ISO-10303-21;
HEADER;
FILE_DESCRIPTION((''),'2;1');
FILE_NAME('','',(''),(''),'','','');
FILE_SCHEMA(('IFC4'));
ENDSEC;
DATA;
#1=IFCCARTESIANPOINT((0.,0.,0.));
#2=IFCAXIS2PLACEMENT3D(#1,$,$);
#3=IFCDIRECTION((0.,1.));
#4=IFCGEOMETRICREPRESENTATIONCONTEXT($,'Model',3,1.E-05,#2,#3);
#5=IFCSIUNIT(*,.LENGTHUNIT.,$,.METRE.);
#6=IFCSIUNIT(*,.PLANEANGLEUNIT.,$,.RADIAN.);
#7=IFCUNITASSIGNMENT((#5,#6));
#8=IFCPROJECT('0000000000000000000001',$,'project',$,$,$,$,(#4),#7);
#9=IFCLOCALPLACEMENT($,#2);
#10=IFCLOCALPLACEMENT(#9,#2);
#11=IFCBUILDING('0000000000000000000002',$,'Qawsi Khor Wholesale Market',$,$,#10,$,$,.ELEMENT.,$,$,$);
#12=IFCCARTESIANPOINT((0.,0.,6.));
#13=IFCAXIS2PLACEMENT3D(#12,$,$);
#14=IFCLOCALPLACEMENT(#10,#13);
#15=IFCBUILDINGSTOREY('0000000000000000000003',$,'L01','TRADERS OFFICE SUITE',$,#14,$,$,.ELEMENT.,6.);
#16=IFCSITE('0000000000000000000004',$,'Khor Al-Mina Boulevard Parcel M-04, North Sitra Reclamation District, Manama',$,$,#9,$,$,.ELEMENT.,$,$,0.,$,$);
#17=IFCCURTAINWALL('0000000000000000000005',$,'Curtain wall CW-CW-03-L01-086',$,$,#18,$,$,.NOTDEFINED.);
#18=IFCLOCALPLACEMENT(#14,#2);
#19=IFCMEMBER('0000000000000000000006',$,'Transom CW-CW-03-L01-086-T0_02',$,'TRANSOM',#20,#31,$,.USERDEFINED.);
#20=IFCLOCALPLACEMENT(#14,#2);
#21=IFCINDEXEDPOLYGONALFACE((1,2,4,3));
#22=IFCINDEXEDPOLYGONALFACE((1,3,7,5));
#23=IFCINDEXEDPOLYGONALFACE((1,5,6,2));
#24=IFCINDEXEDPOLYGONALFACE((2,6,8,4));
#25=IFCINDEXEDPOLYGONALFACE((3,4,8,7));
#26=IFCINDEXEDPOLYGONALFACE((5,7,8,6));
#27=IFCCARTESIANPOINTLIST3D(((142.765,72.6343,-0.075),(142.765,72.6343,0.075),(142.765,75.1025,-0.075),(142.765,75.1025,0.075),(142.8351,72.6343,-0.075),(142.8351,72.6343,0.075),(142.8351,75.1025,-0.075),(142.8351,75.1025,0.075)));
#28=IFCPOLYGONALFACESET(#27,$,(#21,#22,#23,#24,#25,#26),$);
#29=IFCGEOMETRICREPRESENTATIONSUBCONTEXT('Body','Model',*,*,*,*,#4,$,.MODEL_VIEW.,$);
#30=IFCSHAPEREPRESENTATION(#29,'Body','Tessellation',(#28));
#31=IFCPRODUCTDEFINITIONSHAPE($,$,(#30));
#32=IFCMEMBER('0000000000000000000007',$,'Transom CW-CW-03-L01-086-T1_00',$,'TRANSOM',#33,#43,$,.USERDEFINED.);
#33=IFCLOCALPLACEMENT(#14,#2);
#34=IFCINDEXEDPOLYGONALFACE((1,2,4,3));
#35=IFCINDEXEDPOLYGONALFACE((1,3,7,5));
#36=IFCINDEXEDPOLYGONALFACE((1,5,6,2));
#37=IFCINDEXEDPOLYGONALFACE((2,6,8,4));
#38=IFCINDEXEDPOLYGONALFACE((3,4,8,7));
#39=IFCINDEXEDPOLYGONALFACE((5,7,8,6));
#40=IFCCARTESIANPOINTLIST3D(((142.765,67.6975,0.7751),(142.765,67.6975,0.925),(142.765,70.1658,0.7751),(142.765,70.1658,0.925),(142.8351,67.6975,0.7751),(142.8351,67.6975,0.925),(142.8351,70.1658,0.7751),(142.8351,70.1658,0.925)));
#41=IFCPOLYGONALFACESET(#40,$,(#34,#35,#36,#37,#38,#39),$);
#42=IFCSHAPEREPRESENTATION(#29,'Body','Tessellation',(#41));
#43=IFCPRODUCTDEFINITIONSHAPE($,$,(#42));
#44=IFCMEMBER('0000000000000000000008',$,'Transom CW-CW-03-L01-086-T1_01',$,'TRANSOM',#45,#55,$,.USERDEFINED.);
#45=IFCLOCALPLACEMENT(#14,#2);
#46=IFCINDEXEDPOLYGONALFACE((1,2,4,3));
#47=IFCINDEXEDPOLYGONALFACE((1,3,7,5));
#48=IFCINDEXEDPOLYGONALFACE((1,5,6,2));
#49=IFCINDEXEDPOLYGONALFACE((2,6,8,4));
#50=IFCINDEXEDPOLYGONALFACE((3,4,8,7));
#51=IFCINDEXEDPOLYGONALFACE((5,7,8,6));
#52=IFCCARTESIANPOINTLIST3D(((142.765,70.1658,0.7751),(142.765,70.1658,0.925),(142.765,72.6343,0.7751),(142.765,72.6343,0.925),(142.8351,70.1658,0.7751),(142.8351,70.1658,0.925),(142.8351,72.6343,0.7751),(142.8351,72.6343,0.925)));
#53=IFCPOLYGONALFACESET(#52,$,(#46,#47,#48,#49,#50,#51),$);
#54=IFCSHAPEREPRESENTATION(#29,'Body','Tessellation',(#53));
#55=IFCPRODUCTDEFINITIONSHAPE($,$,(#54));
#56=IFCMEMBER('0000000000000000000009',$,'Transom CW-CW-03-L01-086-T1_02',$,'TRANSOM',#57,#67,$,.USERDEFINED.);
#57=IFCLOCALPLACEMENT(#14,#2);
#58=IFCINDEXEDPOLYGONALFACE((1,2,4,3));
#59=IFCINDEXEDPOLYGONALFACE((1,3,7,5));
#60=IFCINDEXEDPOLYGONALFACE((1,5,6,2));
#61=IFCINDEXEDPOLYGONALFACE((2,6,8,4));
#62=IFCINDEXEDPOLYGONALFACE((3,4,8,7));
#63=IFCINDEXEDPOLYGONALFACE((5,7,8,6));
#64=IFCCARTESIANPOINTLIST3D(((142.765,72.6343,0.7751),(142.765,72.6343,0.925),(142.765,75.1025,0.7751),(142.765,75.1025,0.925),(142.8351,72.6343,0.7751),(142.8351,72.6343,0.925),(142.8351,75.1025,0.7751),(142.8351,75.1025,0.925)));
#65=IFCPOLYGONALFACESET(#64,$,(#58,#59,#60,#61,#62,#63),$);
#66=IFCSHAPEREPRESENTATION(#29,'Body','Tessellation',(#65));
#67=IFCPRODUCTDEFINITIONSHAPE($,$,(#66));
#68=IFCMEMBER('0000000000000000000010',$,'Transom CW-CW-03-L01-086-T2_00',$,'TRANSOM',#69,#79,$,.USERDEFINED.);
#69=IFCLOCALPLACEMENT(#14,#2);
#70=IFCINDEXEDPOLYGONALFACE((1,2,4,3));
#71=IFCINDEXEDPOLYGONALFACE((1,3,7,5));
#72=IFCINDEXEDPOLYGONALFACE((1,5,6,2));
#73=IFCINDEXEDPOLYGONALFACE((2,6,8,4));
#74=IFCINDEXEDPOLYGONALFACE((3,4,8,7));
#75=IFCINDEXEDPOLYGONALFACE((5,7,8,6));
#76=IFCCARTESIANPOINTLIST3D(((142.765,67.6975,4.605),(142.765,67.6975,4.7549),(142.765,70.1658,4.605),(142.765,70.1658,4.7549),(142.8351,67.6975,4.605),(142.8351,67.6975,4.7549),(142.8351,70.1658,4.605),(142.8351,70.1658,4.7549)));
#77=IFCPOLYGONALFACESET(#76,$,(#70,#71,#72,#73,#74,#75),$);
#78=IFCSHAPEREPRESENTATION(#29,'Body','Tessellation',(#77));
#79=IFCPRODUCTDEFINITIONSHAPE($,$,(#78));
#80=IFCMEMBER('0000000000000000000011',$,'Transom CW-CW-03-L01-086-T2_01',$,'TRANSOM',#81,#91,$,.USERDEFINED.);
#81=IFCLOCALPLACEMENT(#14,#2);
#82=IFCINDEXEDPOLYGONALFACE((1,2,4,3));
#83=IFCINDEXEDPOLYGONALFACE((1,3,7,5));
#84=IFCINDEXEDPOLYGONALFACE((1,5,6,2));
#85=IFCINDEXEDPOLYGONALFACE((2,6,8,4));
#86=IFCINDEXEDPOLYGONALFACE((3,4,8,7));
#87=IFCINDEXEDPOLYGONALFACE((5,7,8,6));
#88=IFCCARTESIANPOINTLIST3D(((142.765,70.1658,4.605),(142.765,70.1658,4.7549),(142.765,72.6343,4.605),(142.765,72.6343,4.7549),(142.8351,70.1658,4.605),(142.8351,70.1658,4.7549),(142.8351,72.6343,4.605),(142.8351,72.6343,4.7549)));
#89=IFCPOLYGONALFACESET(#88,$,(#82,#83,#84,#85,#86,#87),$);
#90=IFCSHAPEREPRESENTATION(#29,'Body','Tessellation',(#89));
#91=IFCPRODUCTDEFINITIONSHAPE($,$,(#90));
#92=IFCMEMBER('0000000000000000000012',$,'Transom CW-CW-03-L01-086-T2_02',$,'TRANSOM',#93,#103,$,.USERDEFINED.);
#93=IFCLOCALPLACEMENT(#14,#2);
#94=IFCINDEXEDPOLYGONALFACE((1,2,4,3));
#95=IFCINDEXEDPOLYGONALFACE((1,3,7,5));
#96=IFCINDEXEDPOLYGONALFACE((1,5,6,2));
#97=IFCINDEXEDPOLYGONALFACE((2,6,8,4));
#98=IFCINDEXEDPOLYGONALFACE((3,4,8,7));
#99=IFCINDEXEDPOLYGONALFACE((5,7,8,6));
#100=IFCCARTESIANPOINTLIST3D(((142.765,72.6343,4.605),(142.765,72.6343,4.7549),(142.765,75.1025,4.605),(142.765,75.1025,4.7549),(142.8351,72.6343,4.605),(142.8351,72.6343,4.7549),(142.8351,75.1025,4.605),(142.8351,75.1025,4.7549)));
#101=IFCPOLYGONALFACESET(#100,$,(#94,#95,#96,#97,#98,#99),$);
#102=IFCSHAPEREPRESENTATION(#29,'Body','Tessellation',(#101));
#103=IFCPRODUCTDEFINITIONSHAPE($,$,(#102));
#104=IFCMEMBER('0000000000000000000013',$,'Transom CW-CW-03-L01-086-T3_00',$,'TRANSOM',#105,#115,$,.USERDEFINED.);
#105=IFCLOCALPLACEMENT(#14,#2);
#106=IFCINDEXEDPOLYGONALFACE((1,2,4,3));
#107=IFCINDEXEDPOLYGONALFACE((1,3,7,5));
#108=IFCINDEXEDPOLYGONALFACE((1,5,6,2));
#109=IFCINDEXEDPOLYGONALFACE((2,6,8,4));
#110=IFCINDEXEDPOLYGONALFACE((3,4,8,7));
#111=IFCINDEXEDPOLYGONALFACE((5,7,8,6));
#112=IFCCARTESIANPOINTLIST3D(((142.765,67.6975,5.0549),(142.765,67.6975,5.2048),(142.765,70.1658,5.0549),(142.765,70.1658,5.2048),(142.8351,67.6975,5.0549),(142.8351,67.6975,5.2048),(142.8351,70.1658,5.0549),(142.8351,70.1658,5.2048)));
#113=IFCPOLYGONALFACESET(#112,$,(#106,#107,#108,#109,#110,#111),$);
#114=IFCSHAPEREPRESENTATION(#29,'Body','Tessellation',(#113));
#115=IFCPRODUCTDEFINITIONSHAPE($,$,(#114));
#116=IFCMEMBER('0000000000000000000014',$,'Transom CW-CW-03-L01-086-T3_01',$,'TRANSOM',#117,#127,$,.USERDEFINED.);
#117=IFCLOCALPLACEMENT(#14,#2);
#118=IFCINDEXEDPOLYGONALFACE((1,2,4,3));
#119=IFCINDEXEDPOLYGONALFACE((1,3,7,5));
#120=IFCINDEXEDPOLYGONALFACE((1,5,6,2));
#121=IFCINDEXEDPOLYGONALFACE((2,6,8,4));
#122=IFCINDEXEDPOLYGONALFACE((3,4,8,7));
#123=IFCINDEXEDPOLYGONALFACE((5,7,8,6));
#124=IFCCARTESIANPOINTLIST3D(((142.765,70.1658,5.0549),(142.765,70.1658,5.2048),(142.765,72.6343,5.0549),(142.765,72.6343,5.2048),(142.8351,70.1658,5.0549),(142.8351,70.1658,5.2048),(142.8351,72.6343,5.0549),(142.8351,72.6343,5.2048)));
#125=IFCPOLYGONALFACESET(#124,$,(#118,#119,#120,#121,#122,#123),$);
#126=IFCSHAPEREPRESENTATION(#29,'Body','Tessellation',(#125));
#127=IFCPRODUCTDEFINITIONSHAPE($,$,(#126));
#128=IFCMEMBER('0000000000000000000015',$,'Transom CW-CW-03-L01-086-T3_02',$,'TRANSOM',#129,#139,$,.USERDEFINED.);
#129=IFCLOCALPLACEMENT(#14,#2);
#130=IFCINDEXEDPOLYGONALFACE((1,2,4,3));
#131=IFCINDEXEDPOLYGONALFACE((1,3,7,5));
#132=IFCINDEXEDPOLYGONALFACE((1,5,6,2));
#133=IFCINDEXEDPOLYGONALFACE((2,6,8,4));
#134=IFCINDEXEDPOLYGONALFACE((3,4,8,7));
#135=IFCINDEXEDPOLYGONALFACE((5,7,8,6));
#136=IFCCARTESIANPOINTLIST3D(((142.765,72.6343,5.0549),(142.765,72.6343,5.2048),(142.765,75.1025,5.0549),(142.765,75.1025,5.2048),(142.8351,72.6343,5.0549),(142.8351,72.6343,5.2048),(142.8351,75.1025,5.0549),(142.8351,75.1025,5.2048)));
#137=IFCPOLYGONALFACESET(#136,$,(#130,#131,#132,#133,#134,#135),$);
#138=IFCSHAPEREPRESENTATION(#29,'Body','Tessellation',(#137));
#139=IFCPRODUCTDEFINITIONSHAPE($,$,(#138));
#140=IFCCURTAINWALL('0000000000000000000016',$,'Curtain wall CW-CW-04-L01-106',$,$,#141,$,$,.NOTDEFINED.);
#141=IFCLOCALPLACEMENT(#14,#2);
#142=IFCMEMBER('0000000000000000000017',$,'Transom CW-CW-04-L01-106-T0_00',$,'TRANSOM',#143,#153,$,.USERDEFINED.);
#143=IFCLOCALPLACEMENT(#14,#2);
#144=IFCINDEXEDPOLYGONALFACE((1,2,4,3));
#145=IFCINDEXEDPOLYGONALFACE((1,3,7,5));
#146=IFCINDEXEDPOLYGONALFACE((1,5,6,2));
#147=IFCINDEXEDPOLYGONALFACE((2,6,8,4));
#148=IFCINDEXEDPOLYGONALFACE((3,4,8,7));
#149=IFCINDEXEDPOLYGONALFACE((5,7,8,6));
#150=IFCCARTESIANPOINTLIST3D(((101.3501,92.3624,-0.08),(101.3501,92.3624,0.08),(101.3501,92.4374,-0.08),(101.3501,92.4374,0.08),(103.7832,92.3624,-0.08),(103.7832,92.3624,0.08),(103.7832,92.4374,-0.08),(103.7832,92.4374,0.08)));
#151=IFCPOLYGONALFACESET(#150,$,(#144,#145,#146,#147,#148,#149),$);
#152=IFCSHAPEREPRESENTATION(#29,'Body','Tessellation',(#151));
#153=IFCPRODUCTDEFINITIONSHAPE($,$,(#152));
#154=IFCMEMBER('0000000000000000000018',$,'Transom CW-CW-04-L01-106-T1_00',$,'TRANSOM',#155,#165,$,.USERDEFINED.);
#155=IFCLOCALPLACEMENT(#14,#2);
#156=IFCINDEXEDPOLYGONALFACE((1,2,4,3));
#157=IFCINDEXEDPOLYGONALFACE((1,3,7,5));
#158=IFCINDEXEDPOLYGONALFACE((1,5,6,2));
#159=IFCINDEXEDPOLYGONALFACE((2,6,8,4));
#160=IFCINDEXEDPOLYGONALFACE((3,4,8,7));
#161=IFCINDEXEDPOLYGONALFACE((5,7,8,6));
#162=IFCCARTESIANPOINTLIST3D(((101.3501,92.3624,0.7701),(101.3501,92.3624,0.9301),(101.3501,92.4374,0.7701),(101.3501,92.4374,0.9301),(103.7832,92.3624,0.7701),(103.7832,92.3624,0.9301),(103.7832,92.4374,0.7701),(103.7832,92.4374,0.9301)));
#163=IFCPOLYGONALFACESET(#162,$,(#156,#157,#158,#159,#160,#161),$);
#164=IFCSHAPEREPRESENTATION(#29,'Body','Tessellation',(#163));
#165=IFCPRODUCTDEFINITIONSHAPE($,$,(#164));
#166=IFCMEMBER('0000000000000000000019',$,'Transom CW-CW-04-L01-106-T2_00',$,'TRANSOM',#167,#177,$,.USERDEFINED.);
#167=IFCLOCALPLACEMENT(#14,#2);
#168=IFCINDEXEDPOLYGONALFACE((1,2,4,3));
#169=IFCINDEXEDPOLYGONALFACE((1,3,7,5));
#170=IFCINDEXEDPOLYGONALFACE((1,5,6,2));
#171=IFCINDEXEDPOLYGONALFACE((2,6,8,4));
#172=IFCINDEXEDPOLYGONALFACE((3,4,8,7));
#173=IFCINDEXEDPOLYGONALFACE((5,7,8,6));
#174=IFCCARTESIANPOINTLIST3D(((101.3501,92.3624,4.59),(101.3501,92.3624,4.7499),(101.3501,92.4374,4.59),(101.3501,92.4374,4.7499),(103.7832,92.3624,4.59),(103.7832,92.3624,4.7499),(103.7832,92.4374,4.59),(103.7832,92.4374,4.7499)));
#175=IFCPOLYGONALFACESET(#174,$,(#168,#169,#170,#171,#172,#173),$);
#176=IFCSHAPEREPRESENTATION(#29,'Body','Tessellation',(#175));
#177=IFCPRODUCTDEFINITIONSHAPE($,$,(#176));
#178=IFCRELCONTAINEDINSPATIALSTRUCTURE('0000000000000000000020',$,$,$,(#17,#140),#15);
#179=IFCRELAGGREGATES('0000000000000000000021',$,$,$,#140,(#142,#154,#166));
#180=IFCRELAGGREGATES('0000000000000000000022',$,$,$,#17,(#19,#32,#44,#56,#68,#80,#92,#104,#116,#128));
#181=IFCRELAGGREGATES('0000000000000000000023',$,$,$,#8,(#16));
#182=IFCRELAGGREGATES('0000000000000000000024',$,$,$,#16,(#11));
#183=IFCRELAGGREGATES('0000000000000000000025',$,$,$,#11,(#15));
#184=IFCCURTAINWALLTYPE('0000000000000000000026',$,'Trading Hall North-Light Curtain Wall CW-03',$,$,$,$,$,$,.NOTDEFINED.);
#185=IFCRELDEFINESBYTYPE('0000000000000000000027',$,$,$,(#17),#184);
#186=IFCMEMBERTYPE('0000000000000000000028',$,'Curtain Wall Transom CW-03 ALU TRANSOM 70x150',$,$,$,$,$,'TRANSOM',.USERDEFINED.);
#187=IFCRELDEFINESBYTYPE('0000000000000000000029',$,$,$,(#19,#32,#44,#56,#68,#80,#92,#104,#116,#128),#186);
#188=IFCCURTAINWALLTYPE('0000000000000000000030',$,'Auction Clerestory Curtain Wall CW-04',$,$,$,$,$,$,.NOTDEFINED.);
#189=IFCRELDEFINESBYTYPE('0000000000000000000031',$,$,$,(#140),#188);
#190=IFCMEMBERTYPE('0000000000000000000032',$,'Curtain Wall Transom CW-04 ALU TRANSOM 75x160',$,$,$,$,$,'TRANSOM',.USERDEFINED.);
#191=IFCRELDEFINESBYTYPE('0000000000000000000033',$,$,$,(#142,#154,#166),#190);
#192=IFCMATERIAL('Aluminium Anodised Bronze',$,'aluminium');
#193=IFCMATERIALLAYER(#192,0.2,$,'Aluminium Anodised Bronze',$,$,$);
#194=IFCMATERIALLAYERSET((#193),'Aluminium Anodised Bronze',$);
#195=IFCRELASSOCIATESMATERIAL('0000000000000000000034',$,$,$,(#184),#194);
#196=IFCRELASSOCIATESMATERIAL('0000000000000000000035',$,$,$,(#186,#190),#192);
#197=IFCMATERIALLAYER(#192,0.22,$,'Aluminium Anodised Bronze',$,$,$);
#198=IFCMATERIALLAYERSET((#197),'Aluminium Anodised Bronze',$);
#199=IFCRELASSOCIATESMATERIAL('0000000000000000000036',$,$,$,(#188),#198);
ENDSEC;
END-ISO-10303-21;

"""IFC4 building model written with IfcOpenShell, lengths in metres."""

from ifc_helpers import new_model, si_unit, direction, frame, origin, origin_2d, place, context, subcontext, project, spatial, rectangle, extrude, material, layer, layer_set, material_profile, profile_set, type_object, element, aggregate, save


model = new_model("IFC4")

# Units and contexts
model_context = context("Model", 3, precision=1e-05, world=origin(), true_north=direction((0.0, 1.0)))
body_context = subcontext(model_context, "Body", "Model", "MODEL_VIEW")
ifc_project = project(units=[si_unit("LENGTHUNIT", "METRE"), si_unit("PLANEANGLEUNIT", "RADIAN")], contexts=[model_context])

# Site, building, storey
site_placement = place(None, origin())
site = spatial("IfcSite", under=ifc_project, at=site_placement, Name="Khor Al-Mina Boulevard Parcel M-04, North Sitra Reclamation District, Manama", CompositionType="ELEMENT", RefElevation=0.0)
building_placement = place(site_placement, origin())
building = spatial("IfcBuilding", under=site, at=building_placement, Name="Qawsi Khor Wholesale Market", CompositionType="ELEMENT")
storey_placement = place(building_placement, frame((0.0, 0.0, 6.0)))
storey = spatial("IfcBuildingStorey", under=building, at=storey_placement, Name="L01", Description="TRADERS OFFICE SUITE", CompositionType="ELEMENT", Elevation=6.0)

# Curtain wall
ifc_material_1 = material(Name="Aluminium Anodised Bronze", Category="aluminium")
ifc_layer_1 = layer(ifc_material_1, 0.2, Name="Aluminium Anodised Bronze")
ifc_layer_set_1 = layer_set([ifc_layer_1], Name="Aluminium Anodised Bronze")
curtain_wall_type_1 = type_object("IfcCurtainWallType", Name="Trading Hall North-Light Curtain Wall CW-03", PredefinedType="NOTDEFINED", material=ifc_layer_set_1)
curtain_wall_1_placement = place(storey_placement, origin())
curtain_wall_1 = element("IfcCurtainWall", 1, at=curtain_wall_1_placement, inside=storey, type_object=curtain_wall_type_1, Name="Curtain wall CW-CW-03-L01-086", PredefinedType="NOTDEFINED")

# Members
ifc_material_profile_1 = material_profile(ifc_material_1, rectangle(XDim=0.0701, YDim=0.1499, at=origin_2d()), Name="ALU TRANSOM 70x150")
ifc_profile_set_1 = profile_set([ifc_material_profile_1], Name="Aluminium Anodised Bronze")
member_type_1 = type_object("IfcMemberType", Name="Curtain Wall Transom CW-03 ALU TRANSOM 70x150", ElementType="TRANSOM", PredefinedType="USERDEFINED", material=ifc_profile_set_1)
member_1_placement = place(storey_placement, frame((142.8, 72.6343, 0.0), z_axis=(0.0, 1.0, 0.0), x_axis=(-1.0, 0.0, 0.0)))
member_1 = element("IfcMember", 2, at=member_1_placement, type_object=member_type_1, Name="Transom CW-CW-03-L01-086-T0_02", ObjectType="TRANSOM", PredefinedType="USERDEFINED", context=body_context, shape_type="SweptSolid", body=[
    extrude(rectangle(XDim=0.0701, YDim=0.1499, at=origin_2d()), origin(), (0.0, 0.0, 1.0), 2.4683),
])
member_2_placement = place(storey_placement, frame((142.8, 67.6975, 0.8501), z_axis=(0.0, 1.0, 0.0), x_axis=(-1.0, 0.0, 0.0)))
member_2 = element("IfcMember", 3, at=member_2_placement, type_object=member_type_1, Name="Transom CW-CW-03-L01-086-T1_00", ObjectType="TRANSOM", PredefinedType="USERDEFINED", context=body_context, shape_type="SweptSolid", body=[
    extrude(rectangle(XDim=0.0701, YDim=0.1499, at=origin_2d()), origin(), (0.0, 0.0, 1.0), 2.4683),
])
member_3_placement = place(storey_placement, frame((142.8, 70.1658, 0.8501), z_axis=(0.0, 1.0, 0.0), x_axis=(-1.0, 0.0, 0.0)))
member_3 = element("IfcMember", 4, at=member_3_placement, type_object=member_type_1, Name="Transom CW-CW-03-L01-086-T1_01", ObjectType="TRANSOM", PredefinedType="USERDEFINED", context=body_context, shape_type="SweptSolid", body=[
    extrude(rectangle(XDim=0.0701, YDim=0.1499, at=origin_2d()), origin(), (0.0, 0.0, 1.0), 2.4685),
])
member_4_placement = place(storey_placement, frame((142.8, 72.6343, 0.8501), z_axis=(0.0, 1.0, 0.0), x_axis=(-1.0, 0.0, 0.0)))
member_4 = element("IfcMember", 5, at=member_4_placement, type_object=member_type_1, Name="Transom CW-CW-03-L01-086-T1_02", ObjectType="TRANSOM", PredefinedType="USERDEFINED", context=body_context, shape_type="SweptSolid", body=[
    extrude(rectangle(XDim=0.0701, YDim=0.1499, at=origin_2d()), origin(), (0.0, 0.0, 1.0), 2.4683),
])
member_5_placement = place(storey_placement, frame((142.8, 67.6975, 4.6799), z_axis=(0.0, 1.0, 0.0), x_axis=(-1.0, 0.0, 0.0)))
member_5 = element("IfcMember", 6, at=member_5_placement, type_object=member_type_1, Name="Transom CW-CW-03-L01-086-T2_00", ObjectType="TRANSOM", PredefinedType="USERDEFINED", context=body_context, shape_type="SweptSolid", body=[
    extrude(rectangle(XDim=0.0701, YDim=0.1499, at=origin_2d()), origin(), (0.0, 0.0, 1.0), 2.4683),
])
member_6_placement = place(storey_placement, frame((142.8, 70.1658, 4.6799), z_axis=(0.0, 1.0, 0.0), x_axis=(-1.0, 0.0, 0.0)))
member_6 = element("IfcMember", 7, at=member_6_placement, type_object=member_type_1, Name="Transom CW-CW-03-L01-086-T2_01", ObjectType="TRANSOM", PredefinedType="USERDEFINED", context=body_context, shape_type="SweptSolid", body=[
    extrude(rectangle(XDim=0.0701, YDim=0.1499, at=origin_2d()), origin(), (0.0, 0.0, 1.0), 2.4685),
])
member_7_placement = place(storey_placement, frame((142.8, 72.6343, 4.6799), z_axis=(0.0, 1.0, 0.0), x_axis=(-1.0, 0.0, 0.0)))
member_7 = element("IfcMember", 8, at=member_7_placement, type_object=member_type_1, Name="Transom CW-CW-03-L01-086-T2_02", ObjectType="TRANSOM", PredefinedType="USERDEFINED", context=body_context, shape_type="SweptSolid", body=[
    extrude(rectangle(XDim=0.0701, YDim=0.1499, at=origin_2d()), origin(), (0.0, 0.0, 1.0), 2.4683),
])
member_8_placement = place(storey_placement, frame((142.8, 67.6975, 5.1299), z_axis=(0.0, 1.0, 0.0), x_axis=(-1.0, 0.0, 0.0)))
member_8 = element("IfcMember", 9, at=member_8_placement, type_object=member_type_1, Name="Transom CW-CW-03-L01-086-T3_00", ObjectType="TRANSOM", PredefinedType="USERDEFINED", context=body_context, shape_type="SweptSolid", body=[
    extrude(rectangle(XDim=0.0701, YDim=0.1499, at=origin_2d()), origin(), (0.0, 0.0, 1.0), 2.4683),
])
member_9_placement = place(storey_placement, frame((142.8, 70.1658, 5.1299), z_axis=(0.0, 1.0, 0.0), x_axis=(-1.0, 0.0, 0.0)))
member_9 = element("IfcMember", 10, at=member_9_placement, type_object=member_type_1, Name="Transom CW-CW-03-L01-086-T3_01", ObjectType="TRANSOM", PredefinedType="USERDEFINED", context=body_context, shape_type="SweptSolid", body=[
    extrude(rectangle(XDim=0.0701, YDim=0.1499, at=origin_2d()), origin(), (0.0, 0.0, 1.0), 2.4685),
])
member_10_placement = place(storey_placement, frame((142.8, 72.6343, 5.1299), z_axis=(0.0, 1.0, 0.0), x_axis=(-1.0, 0.0, 0.0)))
member_10 = element("IfcMember", 11, at=member_10_placement, type_object=member_type_1, Name="Transom CW-CW-03-L01-086-T3_02", ObjectType="TRANSOM", PredefinedType="USERDEFINED", context=body_context, shape_type="SweptSolid", body=[
    extrude(rectangle(XDim=0.0701, YDim=0.1499, at=origin_2d()), origin(), (0.0, 0.0, 1.0), 2.4683),
])

# Curtain wall, members
ifc_layer_2 = layer(ifc_material_1, 0.22, Name="Aluminium Anodised Bronze")
ifc_layer_set_2 = layer_set([ifc_layer_2], Name="Aluminium Anodised Bronze")
curtain_wall_type_2 = type_object("IfcCurtainWallType", Name="Auction Clerestory Curtain Wall CW-04", PredefinedType="NOTDEFINED", material=ifc_layer_set_2)
curtain_wall_2_placement = place(storey_placement, origin())
curtain_wall_2 = element("IfcCurtainWall", 12, at=curtain_wall_2_placement, inside=storey, type_object=curtain_wall_type_2, Name="Curtain wall CW-CW-04-L01-106", PredefinedType="NOTDEFINED")
ifc_material_profile_2 = material_profile(ifc_material_1, rectangle(XDim=0.075, YDim=0.1599, at=origin_2d()), Name="ALU TRANSOM 75x160")
ifc_profile_set_2 = profile_set([ifc_material_profile_2], Name="Aluminium Anodised Bronze")
member_type_2 = type_object("IfcMemberType", Name="Curtain Wall Transom CW-04 ALU TRANSOM 75x160", ElementType="TRANSOM", PredefinedType="USERDEFINED", material=ifc_profile_set_2)
member_11_placement = place(storey_placement, frame((101.3501, 92.3999, 0.0), z_axis=(1.0, 0.0, 0.0), x_axis=(0.0, 1.0, 0.0)))
member_11 = element("IfcMember", 13, at=member_11_placement, type_object=member_type_2, Name="Transom CW-CW-04-L01-106-T0_00", ObjectType="TRANSOM", PredefinedType="USERDEFINED", context=body_context, shape_type="SweptSolid", body=[
    extrude(rectangle(XDim=0.075, YDim=0.1599, at=origin_2d()), origin(), (0.0, 0.0, 1.0), 2.4331),
])
member_12_placement = place(storey_placement, frame((101.3501, 92.3999, 0.8501), z_axis=(1.0, 0.0, 0.0), x_axis=(0.0, 1.0, 0.0)))
member_12 = element("IfcMember", 14, at=member_12_placement, type_object=member_type_2, Name="Transom CW-CW-04-L01-106-T1_00", ObjectType="TRANSOM", PredefinedType="USERDEFINED", context=body_context, shape_type="SweptSolid", body=[
    extrude(rectangle(XDim=0.075, YDim=0.1599, at=origin_2d()), origin(), (0.0, 0.0, 1.0), 2.4331),
])
member_13_placement = place(storey_placement, frame((101.3501, 92.3999, 4.6699), z_axis=(1.0, 0.0, 0.0), x_axis=(0.0, 1.0, 0.0)))
member_13 = element("IfcMember", 15, at=member_13_placement, type_object=member_type_2, Name="Transom CW-CW-04-L01-106-T2_00", ObjectType="TRANSOM", PredefinedType="USERDEFINED", context=body_context, shape_type="SweptSolid", body=[
    extrude(rectangle(XDim=0.075, YDim=0.1599, at=origin_2d()), origin(), (0.0, 0.0, 1.0), 2.4331),
])
aggregate(curtain_wall_2, [member_11, member_12, member_13])

aggregate(curtain_wall_1, [member_1, member_2, member_3, member_4, member_5, member_6, member_7, member_8, member_9, member_10])

save(model, "model.ifc")
